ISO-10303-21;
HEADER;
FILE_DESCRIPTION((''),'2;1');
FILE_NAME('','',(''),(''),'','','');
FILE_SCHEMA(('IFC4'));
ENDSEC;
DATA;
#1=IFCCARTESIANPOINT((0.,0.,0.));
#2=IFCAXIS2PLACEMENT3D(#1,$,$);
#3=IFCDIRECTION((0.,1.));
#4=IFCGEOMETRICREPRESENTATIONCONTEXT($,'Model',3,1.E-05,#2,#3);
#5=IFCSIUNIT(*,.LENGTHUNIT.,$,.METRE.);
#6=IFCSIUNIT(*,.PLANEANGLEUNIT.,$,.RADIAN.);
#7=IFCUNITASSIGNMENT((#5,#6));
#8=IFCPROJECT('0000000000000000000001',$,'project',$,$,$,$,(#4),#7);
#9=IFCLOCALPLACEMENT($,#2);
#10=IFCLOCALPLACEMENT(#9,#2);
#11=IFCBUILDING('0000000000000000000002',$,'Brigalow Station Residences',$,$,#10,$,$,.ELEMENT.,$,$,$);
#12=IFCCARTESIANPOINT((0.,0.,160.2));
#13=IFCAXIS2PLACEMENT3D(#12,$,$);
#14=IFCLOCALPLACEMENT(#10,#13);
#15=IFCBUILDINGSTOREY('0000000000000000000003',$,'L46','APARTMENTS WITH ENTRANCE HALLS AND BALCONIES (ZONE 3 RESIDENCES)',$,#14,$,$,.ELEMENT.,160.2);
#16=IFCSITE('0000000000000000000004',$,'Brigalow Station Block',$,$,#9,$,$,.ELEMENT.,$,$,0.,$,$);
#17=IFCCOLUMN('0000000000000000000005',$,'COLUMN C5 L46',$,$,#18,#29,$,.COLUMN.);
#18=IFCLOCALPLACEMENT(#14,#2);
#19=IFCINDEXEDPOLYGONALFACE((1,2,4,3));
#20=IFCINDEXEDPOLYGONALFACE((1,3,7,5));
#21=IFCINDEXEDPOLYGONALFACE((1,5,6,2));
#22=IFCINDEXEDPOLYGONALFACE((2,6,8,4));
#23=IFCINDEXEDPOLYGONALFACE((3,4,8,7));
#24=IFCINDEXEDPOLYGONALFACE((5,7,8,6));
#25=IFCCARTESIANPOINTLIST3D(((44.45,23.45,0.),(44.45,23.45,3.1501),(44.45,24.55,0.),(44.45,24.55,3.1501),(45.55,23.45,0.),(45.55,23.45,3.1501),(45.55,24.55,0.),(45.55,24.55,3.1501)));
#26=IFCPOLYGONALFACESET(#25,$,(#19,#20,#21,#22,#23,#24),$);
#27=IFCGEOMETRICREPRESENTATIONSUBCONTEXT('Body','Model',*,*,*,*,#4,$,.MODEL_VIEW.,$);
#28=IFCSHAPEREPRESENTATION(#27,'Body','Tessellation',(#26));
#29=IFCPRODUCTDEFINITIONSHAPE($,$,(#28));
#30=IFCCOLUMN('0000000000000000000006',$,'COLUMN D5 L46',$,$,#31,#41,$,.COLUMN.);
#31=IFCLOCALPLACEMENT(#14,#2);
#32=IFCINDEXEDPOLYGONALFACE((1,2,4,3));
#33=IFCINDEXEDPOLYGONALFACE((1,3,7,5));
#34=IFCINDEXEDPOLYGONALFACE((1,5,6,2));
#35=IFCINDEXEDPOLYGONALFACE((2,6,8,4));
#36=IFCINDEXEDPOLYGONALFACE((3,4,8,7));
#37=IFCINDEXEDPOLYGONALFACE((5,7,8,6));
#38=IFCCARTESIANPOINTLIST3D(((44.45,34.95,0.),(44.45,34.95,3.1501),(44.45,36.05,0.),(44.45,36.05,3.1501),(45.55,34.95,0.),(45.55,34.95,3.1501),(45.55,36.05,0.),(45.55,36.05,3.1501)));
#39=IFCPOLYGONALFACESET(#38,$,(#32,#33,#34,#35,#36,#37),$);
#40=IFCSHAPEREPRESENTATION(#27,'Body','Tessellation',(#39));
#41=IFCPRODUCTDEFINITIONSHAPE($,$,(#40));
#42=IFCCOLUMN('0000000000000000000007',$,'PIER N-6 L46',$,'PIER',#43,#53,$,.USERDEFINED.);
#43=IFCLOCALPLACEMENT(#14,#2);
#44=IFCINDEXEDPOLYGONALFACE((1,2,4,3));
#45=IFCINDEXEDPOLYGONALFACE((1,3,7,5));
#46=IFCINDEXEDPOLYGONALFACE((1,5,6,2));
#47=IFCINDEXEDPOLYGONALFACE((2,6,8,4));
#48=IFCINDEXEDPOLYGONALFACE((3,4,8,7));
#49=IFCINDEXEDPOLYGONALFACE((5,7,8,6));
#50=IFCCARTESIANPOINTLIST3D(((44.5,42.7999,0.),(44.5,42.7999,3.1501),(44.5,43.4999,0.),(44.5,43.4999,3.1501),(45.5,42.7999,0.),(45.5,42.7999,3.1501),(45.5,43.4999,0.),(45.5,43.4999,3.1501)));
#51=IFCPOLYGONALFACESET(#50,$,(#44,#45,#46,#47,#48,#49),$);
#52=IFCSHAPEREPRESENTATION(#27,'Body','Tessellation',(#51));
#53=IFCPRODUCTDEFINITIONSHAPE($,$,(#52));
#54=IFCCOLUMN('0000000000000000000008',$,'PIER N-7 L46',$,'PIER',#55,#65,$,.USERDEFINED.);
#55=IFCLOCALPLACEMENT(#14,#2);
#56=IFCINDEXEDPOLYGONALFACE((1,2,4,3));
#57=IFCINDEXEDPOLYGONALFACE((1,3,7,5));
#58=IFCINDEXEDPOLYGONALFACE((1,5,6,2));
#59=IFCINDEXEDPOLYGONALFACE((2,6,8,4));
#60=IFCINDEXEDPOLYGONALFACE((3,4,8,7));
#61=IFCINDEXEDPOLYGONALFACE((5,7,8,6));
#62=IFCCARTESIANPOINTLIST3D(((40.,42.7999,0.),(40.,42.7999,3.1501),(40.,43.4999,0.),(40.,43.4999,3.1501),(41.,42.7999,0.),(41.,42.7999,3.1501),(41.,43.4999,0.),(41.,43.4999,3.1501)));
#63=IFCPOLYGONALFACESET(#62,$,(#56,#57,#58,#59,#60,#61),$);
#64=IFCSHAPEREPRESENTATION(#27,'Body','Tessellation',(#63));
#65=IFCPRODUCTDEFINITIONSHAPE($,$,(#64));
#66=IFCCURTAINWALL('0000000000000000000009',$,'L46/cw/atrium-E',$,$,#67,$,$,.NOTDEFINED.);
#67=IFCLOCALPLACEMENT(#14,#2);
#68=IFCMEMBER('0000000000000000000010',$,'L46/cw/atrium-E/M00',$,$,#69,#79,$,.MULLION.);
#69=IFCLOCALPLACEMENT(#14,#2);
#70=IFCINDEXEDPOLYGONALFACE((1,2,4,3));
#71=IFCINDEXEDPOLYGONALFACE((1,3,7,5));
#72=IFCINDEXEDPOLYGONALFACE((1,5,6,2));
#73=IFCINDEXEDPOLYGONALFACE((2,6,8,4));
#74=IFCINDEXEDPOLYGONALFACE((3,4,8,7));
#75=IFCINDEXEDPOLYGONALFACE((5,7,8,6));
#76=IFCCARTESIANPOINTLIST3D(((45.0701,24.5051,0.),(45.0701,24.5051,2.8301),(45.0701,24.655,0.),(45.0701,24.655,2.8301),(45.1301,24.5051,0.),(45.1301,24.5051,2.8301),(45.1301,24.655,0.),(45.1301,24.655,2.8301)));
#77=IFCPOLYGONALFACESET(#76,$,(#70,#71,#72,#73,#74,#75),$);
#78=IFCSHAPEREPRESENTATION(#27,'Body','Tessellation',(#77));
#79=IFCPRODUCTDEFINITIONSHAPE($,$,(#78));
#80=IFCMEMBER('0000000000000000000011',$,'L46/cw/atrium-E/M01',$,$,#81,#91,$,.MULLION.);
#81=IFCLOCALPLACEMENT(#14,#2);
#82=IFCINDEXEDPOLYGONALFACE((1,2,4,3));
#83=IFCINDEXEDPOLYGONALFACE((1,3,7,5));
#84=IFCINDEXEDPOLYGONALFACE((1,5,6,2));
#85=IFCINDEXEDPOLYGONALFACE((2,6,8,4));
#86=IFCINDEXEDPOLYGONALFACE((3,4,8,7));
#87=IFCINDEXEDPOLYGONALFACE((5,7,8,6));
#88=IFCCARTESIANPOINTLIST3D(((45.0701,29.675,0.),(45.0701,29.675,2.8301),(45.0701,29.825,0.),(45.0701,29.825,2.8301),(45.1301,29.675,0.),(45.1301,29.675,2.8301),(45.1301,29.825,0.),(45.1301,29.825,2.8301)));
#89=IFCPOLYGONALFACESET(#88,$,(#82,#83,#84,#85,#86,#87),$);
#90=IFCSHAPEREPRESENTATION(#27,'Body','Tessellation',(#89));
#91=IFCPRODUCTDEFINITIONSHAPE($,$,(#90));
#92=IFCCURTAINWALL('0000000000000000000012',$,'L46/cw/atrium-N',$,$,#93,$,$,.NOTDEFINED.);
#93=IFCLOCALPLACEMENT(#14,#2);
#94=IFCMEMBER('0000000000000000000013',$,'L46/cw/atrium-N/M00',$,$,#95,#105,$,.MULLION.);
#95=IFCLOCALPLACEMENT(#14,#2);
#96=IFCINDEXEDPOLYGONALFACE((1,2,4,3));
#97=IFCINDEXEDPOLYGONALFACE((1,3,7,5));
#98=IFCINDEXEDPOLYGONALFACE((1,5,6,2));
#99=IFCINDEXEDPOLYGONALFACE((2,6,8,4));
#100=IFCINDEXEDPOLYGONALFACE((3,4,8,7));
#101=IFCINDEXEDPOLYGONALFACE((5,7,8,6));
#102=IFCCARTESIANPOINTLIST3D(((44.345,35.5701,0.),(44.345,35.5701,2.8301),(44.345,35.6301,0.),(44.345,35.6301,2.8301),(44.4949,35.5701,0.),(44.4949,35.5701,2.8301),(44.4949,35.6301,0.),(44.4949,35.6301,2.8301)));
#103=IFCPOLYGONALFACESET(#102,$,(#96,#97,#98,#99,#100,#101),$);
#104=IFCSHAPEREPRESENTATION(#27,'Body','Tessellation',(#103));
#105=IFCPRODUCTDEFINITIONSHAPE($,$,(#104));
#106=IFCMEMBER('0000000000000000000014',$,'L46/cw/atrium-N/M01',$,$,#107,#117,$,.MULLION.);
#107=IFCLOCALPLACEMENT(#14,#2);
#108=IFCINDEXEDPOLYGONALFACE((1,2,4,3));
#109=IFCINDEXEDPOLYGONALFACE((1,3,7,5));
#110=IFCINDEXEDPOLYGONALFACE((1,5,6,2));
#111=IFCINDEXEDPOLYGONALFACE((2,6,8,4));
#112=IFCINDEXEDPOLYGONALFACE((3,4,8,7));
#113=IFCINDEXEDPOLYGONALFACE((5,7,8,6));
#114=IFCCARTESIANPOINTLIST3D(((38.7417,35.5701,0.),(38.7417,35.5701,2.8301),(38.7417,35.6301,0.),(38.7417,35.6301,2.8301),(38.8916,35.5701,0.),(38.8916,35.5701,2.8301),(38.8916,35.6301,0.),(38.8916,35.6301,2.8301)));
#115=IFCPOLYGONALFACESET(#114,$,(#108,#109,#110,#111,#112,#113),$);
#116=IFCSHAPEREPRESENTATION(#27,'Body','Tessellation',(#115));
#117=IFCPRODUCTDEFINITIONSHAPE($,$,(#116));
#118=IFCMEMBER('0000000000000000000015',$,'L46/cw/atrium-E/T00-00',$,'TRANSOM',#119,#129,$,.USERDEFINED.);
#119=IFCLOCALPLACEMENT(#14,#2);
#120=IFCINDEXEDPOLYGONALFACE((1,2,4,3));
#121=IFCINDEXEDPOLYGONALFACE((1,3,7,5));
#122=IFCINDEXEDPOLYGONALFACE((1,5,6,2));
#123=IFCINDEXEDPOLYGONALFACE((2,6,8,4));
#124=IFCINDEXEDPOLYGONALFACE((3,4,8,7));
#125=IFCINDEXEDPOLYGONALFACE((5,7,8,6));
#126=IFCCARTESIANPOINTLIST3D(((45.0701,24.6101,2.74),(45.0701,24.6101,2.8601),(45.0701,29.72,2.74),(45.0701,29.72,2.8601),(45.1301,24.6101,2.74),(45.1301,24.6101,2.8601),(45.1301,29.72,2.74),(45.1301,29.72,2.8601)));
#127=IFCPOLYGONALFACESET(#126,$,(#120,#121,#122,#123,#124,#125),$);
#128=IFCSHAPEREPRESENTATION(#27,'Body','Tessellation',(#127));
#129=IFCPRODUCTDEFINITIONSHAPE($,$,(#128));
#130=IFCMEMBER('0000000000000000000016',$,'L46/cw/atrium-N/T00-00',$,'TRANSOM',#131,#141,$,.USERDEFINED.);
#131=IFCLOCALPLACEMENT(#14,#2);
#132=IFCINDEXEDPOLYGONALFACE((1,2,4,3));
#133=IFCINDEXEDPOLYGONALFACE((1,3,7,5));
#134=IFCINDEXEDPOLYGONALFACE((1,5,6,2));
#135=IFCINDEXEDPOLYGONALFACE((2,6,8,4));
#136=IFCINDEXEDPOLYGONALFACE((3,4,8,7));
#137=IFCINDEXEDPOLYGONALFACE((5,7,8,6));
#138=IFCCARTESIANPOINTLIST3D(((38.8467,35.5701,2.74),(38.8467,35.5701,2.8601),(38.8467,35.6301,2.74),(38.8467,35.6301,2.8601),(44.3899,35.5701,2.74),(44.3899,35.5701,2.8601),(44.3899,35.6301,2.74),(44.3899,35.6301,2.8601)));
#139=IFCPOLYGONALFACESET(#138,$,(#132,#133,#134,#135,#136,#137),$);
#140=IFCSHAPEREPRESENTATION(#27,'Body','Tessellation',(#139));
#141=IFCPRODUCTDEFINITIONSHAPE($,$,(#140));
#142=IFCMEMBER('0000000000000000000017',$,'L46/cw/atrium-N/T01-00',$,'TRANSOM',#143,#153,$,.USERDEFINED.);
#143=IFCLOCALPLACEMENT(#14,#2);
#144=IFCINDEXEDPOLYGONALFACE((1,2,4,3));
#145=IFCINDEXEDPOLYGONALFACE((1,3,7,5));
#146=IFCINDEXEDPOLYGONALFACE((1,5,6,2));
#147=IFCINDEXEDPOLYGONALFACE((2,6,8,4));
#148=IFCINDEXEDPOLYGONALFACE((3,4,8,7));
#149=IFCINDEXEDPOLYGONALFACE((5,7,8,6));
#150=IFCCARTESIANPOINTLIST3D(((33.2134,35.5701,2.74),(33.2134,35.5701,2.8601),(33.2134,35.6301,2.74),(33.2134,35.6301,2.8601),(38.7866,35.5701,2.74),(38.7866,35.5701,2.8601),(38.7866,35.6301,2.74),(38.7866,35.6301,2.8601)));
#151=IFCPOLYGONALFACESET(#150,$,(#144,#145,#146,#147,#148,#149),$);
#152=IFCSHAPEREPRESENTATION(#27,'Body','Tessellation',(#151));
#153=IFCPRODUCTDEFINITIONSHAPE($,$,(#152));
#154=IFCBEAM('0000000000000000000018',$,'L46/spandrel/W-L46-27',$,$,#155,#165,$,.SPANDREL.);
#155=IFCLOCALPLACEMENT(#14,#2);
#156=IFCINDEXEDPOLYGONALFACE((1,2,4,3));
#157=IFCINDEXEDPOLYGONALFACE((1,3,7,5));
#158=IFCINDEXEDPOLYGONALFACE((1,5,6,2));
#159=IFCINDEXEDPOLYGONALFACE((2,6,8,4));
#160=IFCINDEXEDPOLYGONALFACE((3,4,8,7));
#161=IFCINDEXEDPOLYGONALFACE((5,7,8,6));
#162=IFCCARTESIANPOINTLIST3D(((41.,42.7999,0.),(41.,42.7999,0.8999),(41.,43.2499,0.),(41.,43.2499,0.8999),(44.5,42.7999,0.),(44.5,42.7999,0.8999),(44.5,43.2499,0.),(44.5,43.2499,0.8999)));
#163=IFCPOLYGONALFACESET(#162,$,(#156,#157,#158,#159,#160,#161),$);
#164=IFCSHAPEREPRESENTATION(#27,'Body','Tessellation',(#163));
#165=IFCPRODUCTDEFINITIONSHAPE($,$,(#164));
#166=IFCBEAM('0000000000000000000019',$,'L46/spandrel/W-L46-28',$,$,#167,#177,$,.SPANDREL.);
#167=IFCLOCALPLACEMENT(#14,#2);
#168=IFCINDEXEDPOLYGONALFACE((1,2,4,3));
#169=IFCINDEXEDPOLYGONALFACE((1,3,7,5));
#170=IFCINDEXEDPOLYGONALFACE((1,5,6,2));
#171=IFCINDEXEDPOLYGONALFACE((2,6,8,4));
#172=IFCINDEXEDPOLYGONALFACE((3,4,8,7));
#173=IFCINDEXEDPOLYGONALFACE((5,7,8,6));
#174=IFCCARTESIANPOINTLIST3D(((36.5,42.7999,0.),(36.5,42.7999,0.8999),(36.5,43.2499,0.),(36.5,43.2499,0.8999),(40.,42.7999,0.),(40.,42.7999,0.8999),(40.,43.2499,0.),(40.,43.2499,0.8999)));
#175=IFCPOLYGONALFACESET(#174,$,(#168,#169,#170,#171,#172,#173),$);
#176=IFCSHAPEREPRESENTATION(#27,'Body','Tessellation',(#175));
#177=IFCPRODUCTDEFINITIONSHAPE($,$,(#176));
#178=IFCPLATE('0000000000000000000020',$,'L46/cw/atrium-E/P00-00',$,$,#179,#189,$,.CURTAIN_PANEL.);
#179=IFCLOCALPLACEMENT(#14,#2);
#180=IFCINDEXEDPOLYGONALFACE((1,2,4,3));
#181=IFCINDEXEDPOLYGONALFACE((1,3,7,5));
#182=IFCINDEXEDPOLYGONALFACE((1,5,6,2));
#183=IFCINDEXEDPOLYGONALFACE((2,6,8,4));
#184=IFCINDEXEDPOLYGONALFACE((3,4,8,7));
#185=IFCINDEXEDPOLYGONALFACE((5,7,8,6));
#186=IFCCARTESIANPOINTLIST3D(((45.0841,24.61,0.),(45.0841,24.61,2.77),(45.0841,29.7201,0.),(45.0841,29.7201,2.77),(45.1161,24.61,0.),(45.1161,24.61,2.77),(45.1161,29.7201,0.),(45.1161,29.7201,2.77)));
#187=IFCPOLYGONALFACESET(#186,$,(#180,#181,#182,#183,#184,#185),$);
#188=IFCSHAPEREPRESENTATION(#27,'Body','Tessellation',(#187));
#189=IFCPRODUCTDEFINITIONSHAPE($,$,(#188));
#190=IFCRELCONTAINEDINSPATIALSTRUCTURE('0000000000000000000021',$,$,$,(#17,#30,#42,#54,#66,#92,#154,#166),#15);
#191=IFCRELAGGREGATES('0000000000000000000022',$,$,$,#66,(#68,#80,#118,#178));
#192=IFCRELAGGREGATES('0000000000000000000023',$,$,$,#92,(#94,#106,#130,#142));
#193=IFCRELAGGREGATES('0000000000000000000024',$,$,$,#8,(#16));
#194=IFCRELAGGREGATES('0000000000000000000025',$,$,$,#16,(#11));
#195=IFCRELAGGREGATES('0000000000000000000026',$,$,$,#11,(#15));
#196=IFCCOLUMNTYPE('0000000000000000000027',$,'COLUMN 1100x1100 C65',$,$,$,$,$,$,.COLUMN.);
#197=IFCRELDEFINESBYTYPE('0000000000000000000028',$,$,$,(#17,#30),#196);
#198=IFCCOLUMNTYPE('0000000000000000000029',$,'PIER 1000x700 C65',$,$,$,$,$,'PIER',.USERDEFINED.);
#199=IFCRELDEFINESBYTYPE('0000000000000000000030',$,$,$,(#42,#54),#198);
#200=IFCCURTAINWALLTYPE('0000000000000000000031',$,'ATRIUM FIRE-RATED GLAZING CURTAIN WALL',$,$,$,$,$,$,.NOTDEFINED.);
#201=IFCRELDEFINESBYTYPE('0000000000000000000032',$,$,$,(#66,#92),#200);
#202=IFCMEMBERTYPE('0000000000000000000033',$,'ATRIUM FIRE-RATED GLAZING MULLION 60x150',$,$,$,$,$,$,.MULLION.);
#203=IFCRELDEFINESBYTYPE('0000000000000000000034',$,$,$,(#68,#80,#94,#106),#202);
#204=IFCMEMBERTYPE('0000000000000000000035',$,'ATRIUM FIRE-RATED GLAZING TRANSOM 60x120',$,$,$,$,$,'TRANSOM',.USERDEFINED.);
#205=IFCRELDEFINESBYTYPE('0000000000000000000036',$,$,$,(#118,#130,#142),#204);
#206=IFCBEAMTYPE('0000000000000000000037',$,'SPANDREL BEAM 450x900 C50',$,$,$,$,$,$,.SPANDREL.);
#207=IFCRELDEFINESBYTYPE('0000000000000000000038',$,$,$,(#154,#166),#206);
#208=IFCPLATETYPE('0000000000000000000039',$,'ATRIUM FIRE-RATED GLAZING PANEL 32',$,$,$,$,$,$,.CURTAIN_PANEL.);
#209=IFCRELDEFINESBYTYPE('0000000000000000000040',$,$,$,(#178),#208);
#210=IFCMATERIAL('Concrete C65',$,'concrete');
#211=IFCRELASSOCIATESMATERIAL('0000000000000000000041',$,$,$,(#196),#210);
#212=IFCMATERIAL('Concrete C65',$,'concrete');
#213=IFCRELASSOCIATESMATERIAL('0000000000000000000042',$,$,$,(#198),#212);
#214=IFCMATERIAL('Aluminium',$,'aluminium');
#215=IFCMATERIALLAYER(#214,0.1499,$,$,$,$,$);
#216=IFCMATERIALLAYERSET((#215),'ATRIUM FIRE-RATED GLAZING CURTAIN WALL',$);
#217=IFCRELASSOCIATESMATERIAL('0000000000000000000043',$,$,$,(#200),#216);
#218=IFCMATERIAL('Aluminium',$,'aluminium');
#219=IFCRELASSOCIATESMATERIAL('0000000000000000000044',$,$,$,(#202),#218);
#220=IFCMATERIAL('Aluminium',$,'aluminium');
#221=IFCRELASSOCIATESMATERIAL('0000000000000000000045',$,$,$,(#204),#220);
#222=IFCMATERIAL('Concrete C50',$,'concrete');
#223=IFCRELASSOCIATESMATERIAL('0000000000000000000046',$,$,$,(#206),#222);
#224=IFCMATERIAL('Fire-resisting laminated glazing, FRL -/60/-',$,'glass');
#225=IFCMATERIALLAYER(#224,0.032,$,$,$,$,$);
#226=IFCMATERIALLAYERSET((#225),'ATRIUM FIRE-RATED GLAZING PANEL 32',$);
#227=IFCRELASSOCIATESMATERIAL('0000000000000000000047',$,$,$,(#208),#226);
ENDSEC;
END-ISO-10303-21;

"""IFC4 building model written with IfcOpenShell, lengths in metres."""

from ifc_helpers import new_model, si_unit, direction, frame, origin, origin_2d, place, context, subcontext, project, spatial, rectangle, extrude, material, layer, layer_set, material_profile, profile_set, type_object, element, aggregate, save


model = new_model("IFC4")

# Units and contexts
model_context = context("Model", 3, precision=1e-05, world=origin(), true_north=direction((0.0, 1.0)))
body_context = subcontext(model_context, "Body", "Model", "MODEL_VIEW")
ifc_project = project(units=[si_unit("LENGTHUNIT", "METRE"), si_unit("PLANEANGLEUNIT", "RADIAN")], contexts=[model_context])

# Site, building, storey
site_placement = place(None, origin())
site = spatial("IfcSite", under=ifc_project, at=site_placement, Name="Brigalow Station Block", CompositionType="ELEMENT", RefElevation=0.0)
building_placement = place(site_placement, origin())
building = spatial("IfcBuilding", under=site, at=building_placement, Name="Brigalow Station Residences", CompositionType="ELEMENT")
storey_placement = place(building_placement, frame((0.0, 0.0, 160.2)))
storey = spatial("IfcBuildingStorey", under=building, at=storey_placement, Name="L46", Description="APARTMENTS WITH ENTRANCE HALLS AND BALCONIES (ZONE 3 RESIDENCES)", CompositionType="ELEMENT", Elevation=160.2)

# Columns
ifc_material_1 = material(Name="Concrete C65", Category="concrete")
ifc_material_profile_1 = material_profile(ifc_material_1, rectangle(XDim=1.1001, YDim=1.1001, at=origin_2d()), Name="RC1100x1100")
ifc_profile_set_1 = profile_set([ifc_material_profile_1], Name="Concrete C65")
column_type_1 = type_object("IfcColumnType", Name="COLUMN 1100x1100 C65", PredefinedType="COLUMN", material=ifc_profile_set_1)
for number, where, z_axis, x_axis, name in (
    (1, (45.0, 24.0, 0.0), (0.0, 0.0, 1.0), (1.0, 0.0, 0.0), "COLUMN C5 L46"),
    (2, (45.0, 35.5, 0.0), (0.0, 0.0, 1.0), (1.0, 0.0, 0.0), "COLUMN D5 L46"),
):
    element("IfcColumn", number, at=place(storey_placement, frame(where, z_axis=z_axis, x_axis=x_axis)), inside=storey, type_object=column_type_1, Name=name, PredefinedType="COLUMN", context=body_context, shape_type="SweptSolid", body=[
        extrude(rectangle(XDim=1.1001, YDim=1.1001, at=origin_2d()), origin(), (0.0, 0.0, 1.0), 3.1501),
    ])
ifc_material_2 = material(Name="Concrete C65", Category="concrete")
ifc_material_profile_2 = material_profile(ifc_material_2, rectangle(XDim=1.0, YDim=0.7, at=origin_2d()), Name="RC1000x700")
ifc_profile_set_2 = profile_set([ifc_material_profile_2], Name="Concrete C65")
column_type_2 = type_object("IfcColumnType", Name="PIER 1000x700 C65", ElementType="PIER", PredefinedType="USERDEFINED", material=ifc_profile_set_2)
for number, where, z_axis, x_axis, name in (
    (3, (45.0, 43.1499, 0.0), (0.0, 0.0, 1.0), (-1.0, 0.0, 0.0), "PIER N-6 L46"),
    (4, (40.5, 43.1499, 0.0), (0.0, 0.0, 1.0), (-1.0, 0.0, 0.0), "PIER N-7 L46"),
):
    element("IfcColumn", number, at=place(storey_placement, frame(where, z_axis=z_axis, x_axis=x_axis)), inside=storey, type_object=column_type_2, Name=name, ObjectType="PIER", PredefinedType="USERDEFINED", context=body_context, shape_type="SweptSolid", body=[
        extrude(rectangle(XDim=1.0, YDim=0.7, at=origin_2d()), origin(), (0.0, 0.0, 1.0), 3.1501),
    ])

# Curtain walls, members
ifc_material_3 = material(Name="Aluminium", Category="aluminium")
ifc_layer_1 = layer(ifc_material_3, 0.1499)
ifc_layer_set_1 = layer_set([ifc_layer_1], Name="ATRIUM FIRE-RATED GLAZING CURTAIN WALL")
curtain_wall_type = type_object("IfcCurtainWallType", Name="ATRIUM FIRE-RATED GLAZING CURTAIN WALL", PredefinedType="NOTDEFINED", material=ifc_layer_set_1)
curtain_wall_1_placement = place(storey_placement, origin())
curtain_wall_1 = element("IfcCurtainWall", 5, at=curtain_wall_1_placement, inside=storey, type_object=curtain_wall_type, Name="L46/cw/atrium-E", PredefinedType="NOTDEFINED")
ifc_material_4 = material(Name="Aluminium", Category="aluminium")
ifc_material_profile_3 = material_profile(ifc_material_4, rectangle(XDim=0.0601, YDim=0.1499, at=origin_2d()), Name="ATRIUM FIRE-RATED GLAZING MULLION 60x150")
ifc_profile_set_3 = profile_set([ifc_material_profile_3], Name="Aluminium")
member_type_1 = type_object("IfcMemberType", Name="ATRIUM FIRE-RATED GLAZING MULLION 60x150", PredefinedType="MULLION", material=ifc_profile_set_3)
member_1_placement = place(storey_placement, frame((45.1001, 24.5801, 0.0), z_axis=(0.0, 0.0, 1.0), x_axis=(-1.0, 0.0, 0.0)))
member_1 = element("IfcMember", 6, at=member_1_placement, type_object=member_type_1, Name="L46/cw/atrium-E/M00", PredefinedType="MULLION", context=body_context, shape_type="SweptSolid", body=[
    extrude(rectangle(XDim=0.0601, YDim=0.1499, at=origin_2d()), origin(), (0.0, 0.0, 1.0), 2.8301),
])
member_2_placement = place(storey_placement, frame((45.1001, 29.75, 0.0), z_axis=(0.0, 0.0, 1.0), x_axis=(-1.0, 0.0, 0.0)))
member_2 = element("IfcMember", 7, at=member_2_placement, type_object=member_type_1, Name="L46/cw/atrium-E/M01", PredefinedType="MULLION", context=body_context, shape_type="SweptSolid", body=[
    extrude(rectangle(XDim=0.0601, YDim=0.1499, at=origin_2d()), origin(), (0.0, 0.0, 1.0), 2.8301),
])
curtain_wall_2_placement = place(storey_placement, origin())
curtain_wall_2 = element("IfcCurtainWall", 8, at=curtain_wall_2_placement, inside=storey, type_object=curtain_wall_type, Name="L46/cw/atrium-N", PredefinedType="NOTDEFINED")
member_3_placement = place(storey_placement, frame((44.4199, 35.6001, 0.0), z_axis=(0.0, 0.0, 1.0), x_axis=(0.0, -1.0, 0.0)))
member_3 = element("IfcMember", 9, at=member_3_placement, type_object=member_type_1, Name="L46/cw/atrium-N/M00", PredefinedType="MULLION", context=body_context, shape_type="SweptSolid", body=[
    extrude(rectangle(XDim=0.0601, YDim=0.1499, at=origin_2d()), origin(), (0.0, 0.0, 1.0), 2.8301),
])
member_4_placement = place(storey_placement, frame((38.8167, 35.6001, 0.0), z_axis=(0.0, 0.0, 1.0), x_axis=(0.0, -1.0, 0.0)))
member_4 = element("IfcMember", 10, at=member_4_placement, type_object=member_type_1, Name="L46/cw/atrium-N/M01", PredefinedType="MULLION", context=body_context, shape_type="SweptSolid", body=[
    extrude(rectangle(XDim=0.0601, YDim=0.1499, at=origin_2d()), origin(), (0.0, 0.0, 1.0), 2.8301),
])

# Members
ifc_material_5 = material(Name="Aluminium", Category="aluminium")
ifc_material_profile_4 = material_profile(ifc_material_5, rectangle(XDim=0.0601, YDim=0.1201, at=origin_2d()), Name="ATRIUM FIRE-RATED GLAZING TRANSOM 60x120")
ifc_profile_set_4 = profile_set([ifc_material_profile_4], Name="Aluminium")
member_type_2 = type_object("IfcMemberType", Name="ATRIUM FIRE-RATED GLAZING TRANSOM 60x120", ElementType="TRANSOM", PredefinedType="USERDEFINED", material=ifc_profile_set_4)
member_5_placement = place(storey_placement, frame((45.1001, 24.6101, 2.8), z_axis=(0.0, 1.0, 0.0), x_axis=(-1.0, 0.0, 0.0)))
member_5 = element("IfcMember", 11, at=member_5_placement, type_object=member_type_2, Name="L46/cw/atrium-E/T00-00", ObjectType="TRANSOM", PredefinedType="USERDEFINED", context=body_context, shape_type="SweptSolid", body=[
    extrude(rectangle(XDim=0.0601, YDim=0.1201, at=origin_2d()), origin(), (0.0, 0.0, 1.0), 5.1099),
])
member_6_placement = place(storey_placement, frame((44.3899, 35.6001, 2.8), z_axis=(-1.0, 0.0, 0.0), x_axis=(0.0, -1.0, 0.0)))
member_6 = element("IfcMember", 12, at=member_6_placement, type_object=member_type_2, Name="L46/cw/atrium-N/T00-00", ObjectType="TRANSOM", PredefinedType="USERDEFINED", context=body_context, shape_type="SweptSolid", body=[
    extrude(rectangle(XDim=0.0601, YDim=0.1201, at=origin_2d()), origin(), (0.0, 0.0, 1.0), 5.5432),
])
member_7_placement = place(storey_placement, frame((38.7866, 35.6001, 2.8), z_axis=(-1.0, 0.0, 0.0), x_axis=(0.0, -1.0, 0.0)))
member_7 = element("IfcMember", 13, at=member_7_placement, type_object=member_type_2, Name="L46/cw/atrium-N/T01-00", ObjectType="TRANSOM", PredefinedType="USERDEFINED", context=body_context, shape_type="SweptSolid", body=[
    extrude(rectangle(XDim=0.0601, YDim=0.1201, at=origin_2d()), origin(), (0.0, 0.0, 1.0), 5.5732),
])

# Beams
ifc_material_6 = material(Name="Concrete C50", Category="concrete")
ifc_material_profile_5 = material_profile(ifc_material_6, rectangle(XDim=0.45, YDim=0.8999, at=origin_2d()), Name="RC450x900")
ifc_profile_set_5 = profile_set([ifc_material_profile_5], Name="Concrete C50")
beam_type = type_object("IfcBeamType", Name="SPANDREL BEAM 450x900 C50", PredefinedType="SPANDREL", material=ifc_profile_set_5)
for number, where, z_axis, x_axis, name in (
    (14, (44.5, 43.0249, 0.45), (-1.0, 0.0, 0.0), (0.0, -1.0, 0.0), "L46/spandrel/W-L46-27"),
    (15, (40.0, 43.0249, 0.45), (-1.0, 0.0, 0.0), (0.0, -1.0, 0.0), "L46/spandrel/W-L46-28"),
):
    element("IfcBeam", number, at=place(storey_placement, frame(where, z_axis=z_axis, x_axis=x_axis)), inside=storey, type_object=beam_type, Name=name, PredefinedType="SPANDREL", context=body_context, shape_type="SweptSolid", body=[
        extrude(rectangle(XDim=0.45, YDim=0.8999, at=origin_2d()), origin(), (0.0, 0.0, 1.0), 3.5),
    ])

# Plate
ifc_material_7 = material(Name="Fire-resisting laminated glazing, FRL -/60/-", Category="glass")
ifc_layer_2 = layer(ifc_material_7, 0.032)
ifc_layer_set_2 = layer_set([ifc_layer_2], Name="ATRIUM FIRE-RATED GLAZING PANEL 32")
plate_type = type_object("IfcPlateType", Name="ATRIUM FIRE-RATED GLAZING PANEL 32", PredefinedType="CURTAIN_PANEL", material=ifc_layer_set_2)
plate_1_placement = place(storey_placement, frame((45.1001, 27.165, 0.0), z_axis=(0.0, 0.0, 1.0), x_axis=(0.0, 1.0, 0.0)))
plate_1 = element("IfcPlate", 16, at=plate_1_placement, type_object=plate_type, Name="L46/cw/atrium-E/P00-00", PredefinedType="CURTAIN_PANEL", context=body_context, shape_type="SweptSolid", body=[
    extrude(rectangle(XDim=5.1101, YDim=0.032, at=origin_2d()), origin(), (0.0, 0.0, 1.0), 2.77),
])
aggregate(curtain_wall_1, [member_1, member_2, member_5, plate_1])
aggregate(curtain_wall_2, [member_3, member_4, member_6, member_7])

save(model, "model.ifc")
